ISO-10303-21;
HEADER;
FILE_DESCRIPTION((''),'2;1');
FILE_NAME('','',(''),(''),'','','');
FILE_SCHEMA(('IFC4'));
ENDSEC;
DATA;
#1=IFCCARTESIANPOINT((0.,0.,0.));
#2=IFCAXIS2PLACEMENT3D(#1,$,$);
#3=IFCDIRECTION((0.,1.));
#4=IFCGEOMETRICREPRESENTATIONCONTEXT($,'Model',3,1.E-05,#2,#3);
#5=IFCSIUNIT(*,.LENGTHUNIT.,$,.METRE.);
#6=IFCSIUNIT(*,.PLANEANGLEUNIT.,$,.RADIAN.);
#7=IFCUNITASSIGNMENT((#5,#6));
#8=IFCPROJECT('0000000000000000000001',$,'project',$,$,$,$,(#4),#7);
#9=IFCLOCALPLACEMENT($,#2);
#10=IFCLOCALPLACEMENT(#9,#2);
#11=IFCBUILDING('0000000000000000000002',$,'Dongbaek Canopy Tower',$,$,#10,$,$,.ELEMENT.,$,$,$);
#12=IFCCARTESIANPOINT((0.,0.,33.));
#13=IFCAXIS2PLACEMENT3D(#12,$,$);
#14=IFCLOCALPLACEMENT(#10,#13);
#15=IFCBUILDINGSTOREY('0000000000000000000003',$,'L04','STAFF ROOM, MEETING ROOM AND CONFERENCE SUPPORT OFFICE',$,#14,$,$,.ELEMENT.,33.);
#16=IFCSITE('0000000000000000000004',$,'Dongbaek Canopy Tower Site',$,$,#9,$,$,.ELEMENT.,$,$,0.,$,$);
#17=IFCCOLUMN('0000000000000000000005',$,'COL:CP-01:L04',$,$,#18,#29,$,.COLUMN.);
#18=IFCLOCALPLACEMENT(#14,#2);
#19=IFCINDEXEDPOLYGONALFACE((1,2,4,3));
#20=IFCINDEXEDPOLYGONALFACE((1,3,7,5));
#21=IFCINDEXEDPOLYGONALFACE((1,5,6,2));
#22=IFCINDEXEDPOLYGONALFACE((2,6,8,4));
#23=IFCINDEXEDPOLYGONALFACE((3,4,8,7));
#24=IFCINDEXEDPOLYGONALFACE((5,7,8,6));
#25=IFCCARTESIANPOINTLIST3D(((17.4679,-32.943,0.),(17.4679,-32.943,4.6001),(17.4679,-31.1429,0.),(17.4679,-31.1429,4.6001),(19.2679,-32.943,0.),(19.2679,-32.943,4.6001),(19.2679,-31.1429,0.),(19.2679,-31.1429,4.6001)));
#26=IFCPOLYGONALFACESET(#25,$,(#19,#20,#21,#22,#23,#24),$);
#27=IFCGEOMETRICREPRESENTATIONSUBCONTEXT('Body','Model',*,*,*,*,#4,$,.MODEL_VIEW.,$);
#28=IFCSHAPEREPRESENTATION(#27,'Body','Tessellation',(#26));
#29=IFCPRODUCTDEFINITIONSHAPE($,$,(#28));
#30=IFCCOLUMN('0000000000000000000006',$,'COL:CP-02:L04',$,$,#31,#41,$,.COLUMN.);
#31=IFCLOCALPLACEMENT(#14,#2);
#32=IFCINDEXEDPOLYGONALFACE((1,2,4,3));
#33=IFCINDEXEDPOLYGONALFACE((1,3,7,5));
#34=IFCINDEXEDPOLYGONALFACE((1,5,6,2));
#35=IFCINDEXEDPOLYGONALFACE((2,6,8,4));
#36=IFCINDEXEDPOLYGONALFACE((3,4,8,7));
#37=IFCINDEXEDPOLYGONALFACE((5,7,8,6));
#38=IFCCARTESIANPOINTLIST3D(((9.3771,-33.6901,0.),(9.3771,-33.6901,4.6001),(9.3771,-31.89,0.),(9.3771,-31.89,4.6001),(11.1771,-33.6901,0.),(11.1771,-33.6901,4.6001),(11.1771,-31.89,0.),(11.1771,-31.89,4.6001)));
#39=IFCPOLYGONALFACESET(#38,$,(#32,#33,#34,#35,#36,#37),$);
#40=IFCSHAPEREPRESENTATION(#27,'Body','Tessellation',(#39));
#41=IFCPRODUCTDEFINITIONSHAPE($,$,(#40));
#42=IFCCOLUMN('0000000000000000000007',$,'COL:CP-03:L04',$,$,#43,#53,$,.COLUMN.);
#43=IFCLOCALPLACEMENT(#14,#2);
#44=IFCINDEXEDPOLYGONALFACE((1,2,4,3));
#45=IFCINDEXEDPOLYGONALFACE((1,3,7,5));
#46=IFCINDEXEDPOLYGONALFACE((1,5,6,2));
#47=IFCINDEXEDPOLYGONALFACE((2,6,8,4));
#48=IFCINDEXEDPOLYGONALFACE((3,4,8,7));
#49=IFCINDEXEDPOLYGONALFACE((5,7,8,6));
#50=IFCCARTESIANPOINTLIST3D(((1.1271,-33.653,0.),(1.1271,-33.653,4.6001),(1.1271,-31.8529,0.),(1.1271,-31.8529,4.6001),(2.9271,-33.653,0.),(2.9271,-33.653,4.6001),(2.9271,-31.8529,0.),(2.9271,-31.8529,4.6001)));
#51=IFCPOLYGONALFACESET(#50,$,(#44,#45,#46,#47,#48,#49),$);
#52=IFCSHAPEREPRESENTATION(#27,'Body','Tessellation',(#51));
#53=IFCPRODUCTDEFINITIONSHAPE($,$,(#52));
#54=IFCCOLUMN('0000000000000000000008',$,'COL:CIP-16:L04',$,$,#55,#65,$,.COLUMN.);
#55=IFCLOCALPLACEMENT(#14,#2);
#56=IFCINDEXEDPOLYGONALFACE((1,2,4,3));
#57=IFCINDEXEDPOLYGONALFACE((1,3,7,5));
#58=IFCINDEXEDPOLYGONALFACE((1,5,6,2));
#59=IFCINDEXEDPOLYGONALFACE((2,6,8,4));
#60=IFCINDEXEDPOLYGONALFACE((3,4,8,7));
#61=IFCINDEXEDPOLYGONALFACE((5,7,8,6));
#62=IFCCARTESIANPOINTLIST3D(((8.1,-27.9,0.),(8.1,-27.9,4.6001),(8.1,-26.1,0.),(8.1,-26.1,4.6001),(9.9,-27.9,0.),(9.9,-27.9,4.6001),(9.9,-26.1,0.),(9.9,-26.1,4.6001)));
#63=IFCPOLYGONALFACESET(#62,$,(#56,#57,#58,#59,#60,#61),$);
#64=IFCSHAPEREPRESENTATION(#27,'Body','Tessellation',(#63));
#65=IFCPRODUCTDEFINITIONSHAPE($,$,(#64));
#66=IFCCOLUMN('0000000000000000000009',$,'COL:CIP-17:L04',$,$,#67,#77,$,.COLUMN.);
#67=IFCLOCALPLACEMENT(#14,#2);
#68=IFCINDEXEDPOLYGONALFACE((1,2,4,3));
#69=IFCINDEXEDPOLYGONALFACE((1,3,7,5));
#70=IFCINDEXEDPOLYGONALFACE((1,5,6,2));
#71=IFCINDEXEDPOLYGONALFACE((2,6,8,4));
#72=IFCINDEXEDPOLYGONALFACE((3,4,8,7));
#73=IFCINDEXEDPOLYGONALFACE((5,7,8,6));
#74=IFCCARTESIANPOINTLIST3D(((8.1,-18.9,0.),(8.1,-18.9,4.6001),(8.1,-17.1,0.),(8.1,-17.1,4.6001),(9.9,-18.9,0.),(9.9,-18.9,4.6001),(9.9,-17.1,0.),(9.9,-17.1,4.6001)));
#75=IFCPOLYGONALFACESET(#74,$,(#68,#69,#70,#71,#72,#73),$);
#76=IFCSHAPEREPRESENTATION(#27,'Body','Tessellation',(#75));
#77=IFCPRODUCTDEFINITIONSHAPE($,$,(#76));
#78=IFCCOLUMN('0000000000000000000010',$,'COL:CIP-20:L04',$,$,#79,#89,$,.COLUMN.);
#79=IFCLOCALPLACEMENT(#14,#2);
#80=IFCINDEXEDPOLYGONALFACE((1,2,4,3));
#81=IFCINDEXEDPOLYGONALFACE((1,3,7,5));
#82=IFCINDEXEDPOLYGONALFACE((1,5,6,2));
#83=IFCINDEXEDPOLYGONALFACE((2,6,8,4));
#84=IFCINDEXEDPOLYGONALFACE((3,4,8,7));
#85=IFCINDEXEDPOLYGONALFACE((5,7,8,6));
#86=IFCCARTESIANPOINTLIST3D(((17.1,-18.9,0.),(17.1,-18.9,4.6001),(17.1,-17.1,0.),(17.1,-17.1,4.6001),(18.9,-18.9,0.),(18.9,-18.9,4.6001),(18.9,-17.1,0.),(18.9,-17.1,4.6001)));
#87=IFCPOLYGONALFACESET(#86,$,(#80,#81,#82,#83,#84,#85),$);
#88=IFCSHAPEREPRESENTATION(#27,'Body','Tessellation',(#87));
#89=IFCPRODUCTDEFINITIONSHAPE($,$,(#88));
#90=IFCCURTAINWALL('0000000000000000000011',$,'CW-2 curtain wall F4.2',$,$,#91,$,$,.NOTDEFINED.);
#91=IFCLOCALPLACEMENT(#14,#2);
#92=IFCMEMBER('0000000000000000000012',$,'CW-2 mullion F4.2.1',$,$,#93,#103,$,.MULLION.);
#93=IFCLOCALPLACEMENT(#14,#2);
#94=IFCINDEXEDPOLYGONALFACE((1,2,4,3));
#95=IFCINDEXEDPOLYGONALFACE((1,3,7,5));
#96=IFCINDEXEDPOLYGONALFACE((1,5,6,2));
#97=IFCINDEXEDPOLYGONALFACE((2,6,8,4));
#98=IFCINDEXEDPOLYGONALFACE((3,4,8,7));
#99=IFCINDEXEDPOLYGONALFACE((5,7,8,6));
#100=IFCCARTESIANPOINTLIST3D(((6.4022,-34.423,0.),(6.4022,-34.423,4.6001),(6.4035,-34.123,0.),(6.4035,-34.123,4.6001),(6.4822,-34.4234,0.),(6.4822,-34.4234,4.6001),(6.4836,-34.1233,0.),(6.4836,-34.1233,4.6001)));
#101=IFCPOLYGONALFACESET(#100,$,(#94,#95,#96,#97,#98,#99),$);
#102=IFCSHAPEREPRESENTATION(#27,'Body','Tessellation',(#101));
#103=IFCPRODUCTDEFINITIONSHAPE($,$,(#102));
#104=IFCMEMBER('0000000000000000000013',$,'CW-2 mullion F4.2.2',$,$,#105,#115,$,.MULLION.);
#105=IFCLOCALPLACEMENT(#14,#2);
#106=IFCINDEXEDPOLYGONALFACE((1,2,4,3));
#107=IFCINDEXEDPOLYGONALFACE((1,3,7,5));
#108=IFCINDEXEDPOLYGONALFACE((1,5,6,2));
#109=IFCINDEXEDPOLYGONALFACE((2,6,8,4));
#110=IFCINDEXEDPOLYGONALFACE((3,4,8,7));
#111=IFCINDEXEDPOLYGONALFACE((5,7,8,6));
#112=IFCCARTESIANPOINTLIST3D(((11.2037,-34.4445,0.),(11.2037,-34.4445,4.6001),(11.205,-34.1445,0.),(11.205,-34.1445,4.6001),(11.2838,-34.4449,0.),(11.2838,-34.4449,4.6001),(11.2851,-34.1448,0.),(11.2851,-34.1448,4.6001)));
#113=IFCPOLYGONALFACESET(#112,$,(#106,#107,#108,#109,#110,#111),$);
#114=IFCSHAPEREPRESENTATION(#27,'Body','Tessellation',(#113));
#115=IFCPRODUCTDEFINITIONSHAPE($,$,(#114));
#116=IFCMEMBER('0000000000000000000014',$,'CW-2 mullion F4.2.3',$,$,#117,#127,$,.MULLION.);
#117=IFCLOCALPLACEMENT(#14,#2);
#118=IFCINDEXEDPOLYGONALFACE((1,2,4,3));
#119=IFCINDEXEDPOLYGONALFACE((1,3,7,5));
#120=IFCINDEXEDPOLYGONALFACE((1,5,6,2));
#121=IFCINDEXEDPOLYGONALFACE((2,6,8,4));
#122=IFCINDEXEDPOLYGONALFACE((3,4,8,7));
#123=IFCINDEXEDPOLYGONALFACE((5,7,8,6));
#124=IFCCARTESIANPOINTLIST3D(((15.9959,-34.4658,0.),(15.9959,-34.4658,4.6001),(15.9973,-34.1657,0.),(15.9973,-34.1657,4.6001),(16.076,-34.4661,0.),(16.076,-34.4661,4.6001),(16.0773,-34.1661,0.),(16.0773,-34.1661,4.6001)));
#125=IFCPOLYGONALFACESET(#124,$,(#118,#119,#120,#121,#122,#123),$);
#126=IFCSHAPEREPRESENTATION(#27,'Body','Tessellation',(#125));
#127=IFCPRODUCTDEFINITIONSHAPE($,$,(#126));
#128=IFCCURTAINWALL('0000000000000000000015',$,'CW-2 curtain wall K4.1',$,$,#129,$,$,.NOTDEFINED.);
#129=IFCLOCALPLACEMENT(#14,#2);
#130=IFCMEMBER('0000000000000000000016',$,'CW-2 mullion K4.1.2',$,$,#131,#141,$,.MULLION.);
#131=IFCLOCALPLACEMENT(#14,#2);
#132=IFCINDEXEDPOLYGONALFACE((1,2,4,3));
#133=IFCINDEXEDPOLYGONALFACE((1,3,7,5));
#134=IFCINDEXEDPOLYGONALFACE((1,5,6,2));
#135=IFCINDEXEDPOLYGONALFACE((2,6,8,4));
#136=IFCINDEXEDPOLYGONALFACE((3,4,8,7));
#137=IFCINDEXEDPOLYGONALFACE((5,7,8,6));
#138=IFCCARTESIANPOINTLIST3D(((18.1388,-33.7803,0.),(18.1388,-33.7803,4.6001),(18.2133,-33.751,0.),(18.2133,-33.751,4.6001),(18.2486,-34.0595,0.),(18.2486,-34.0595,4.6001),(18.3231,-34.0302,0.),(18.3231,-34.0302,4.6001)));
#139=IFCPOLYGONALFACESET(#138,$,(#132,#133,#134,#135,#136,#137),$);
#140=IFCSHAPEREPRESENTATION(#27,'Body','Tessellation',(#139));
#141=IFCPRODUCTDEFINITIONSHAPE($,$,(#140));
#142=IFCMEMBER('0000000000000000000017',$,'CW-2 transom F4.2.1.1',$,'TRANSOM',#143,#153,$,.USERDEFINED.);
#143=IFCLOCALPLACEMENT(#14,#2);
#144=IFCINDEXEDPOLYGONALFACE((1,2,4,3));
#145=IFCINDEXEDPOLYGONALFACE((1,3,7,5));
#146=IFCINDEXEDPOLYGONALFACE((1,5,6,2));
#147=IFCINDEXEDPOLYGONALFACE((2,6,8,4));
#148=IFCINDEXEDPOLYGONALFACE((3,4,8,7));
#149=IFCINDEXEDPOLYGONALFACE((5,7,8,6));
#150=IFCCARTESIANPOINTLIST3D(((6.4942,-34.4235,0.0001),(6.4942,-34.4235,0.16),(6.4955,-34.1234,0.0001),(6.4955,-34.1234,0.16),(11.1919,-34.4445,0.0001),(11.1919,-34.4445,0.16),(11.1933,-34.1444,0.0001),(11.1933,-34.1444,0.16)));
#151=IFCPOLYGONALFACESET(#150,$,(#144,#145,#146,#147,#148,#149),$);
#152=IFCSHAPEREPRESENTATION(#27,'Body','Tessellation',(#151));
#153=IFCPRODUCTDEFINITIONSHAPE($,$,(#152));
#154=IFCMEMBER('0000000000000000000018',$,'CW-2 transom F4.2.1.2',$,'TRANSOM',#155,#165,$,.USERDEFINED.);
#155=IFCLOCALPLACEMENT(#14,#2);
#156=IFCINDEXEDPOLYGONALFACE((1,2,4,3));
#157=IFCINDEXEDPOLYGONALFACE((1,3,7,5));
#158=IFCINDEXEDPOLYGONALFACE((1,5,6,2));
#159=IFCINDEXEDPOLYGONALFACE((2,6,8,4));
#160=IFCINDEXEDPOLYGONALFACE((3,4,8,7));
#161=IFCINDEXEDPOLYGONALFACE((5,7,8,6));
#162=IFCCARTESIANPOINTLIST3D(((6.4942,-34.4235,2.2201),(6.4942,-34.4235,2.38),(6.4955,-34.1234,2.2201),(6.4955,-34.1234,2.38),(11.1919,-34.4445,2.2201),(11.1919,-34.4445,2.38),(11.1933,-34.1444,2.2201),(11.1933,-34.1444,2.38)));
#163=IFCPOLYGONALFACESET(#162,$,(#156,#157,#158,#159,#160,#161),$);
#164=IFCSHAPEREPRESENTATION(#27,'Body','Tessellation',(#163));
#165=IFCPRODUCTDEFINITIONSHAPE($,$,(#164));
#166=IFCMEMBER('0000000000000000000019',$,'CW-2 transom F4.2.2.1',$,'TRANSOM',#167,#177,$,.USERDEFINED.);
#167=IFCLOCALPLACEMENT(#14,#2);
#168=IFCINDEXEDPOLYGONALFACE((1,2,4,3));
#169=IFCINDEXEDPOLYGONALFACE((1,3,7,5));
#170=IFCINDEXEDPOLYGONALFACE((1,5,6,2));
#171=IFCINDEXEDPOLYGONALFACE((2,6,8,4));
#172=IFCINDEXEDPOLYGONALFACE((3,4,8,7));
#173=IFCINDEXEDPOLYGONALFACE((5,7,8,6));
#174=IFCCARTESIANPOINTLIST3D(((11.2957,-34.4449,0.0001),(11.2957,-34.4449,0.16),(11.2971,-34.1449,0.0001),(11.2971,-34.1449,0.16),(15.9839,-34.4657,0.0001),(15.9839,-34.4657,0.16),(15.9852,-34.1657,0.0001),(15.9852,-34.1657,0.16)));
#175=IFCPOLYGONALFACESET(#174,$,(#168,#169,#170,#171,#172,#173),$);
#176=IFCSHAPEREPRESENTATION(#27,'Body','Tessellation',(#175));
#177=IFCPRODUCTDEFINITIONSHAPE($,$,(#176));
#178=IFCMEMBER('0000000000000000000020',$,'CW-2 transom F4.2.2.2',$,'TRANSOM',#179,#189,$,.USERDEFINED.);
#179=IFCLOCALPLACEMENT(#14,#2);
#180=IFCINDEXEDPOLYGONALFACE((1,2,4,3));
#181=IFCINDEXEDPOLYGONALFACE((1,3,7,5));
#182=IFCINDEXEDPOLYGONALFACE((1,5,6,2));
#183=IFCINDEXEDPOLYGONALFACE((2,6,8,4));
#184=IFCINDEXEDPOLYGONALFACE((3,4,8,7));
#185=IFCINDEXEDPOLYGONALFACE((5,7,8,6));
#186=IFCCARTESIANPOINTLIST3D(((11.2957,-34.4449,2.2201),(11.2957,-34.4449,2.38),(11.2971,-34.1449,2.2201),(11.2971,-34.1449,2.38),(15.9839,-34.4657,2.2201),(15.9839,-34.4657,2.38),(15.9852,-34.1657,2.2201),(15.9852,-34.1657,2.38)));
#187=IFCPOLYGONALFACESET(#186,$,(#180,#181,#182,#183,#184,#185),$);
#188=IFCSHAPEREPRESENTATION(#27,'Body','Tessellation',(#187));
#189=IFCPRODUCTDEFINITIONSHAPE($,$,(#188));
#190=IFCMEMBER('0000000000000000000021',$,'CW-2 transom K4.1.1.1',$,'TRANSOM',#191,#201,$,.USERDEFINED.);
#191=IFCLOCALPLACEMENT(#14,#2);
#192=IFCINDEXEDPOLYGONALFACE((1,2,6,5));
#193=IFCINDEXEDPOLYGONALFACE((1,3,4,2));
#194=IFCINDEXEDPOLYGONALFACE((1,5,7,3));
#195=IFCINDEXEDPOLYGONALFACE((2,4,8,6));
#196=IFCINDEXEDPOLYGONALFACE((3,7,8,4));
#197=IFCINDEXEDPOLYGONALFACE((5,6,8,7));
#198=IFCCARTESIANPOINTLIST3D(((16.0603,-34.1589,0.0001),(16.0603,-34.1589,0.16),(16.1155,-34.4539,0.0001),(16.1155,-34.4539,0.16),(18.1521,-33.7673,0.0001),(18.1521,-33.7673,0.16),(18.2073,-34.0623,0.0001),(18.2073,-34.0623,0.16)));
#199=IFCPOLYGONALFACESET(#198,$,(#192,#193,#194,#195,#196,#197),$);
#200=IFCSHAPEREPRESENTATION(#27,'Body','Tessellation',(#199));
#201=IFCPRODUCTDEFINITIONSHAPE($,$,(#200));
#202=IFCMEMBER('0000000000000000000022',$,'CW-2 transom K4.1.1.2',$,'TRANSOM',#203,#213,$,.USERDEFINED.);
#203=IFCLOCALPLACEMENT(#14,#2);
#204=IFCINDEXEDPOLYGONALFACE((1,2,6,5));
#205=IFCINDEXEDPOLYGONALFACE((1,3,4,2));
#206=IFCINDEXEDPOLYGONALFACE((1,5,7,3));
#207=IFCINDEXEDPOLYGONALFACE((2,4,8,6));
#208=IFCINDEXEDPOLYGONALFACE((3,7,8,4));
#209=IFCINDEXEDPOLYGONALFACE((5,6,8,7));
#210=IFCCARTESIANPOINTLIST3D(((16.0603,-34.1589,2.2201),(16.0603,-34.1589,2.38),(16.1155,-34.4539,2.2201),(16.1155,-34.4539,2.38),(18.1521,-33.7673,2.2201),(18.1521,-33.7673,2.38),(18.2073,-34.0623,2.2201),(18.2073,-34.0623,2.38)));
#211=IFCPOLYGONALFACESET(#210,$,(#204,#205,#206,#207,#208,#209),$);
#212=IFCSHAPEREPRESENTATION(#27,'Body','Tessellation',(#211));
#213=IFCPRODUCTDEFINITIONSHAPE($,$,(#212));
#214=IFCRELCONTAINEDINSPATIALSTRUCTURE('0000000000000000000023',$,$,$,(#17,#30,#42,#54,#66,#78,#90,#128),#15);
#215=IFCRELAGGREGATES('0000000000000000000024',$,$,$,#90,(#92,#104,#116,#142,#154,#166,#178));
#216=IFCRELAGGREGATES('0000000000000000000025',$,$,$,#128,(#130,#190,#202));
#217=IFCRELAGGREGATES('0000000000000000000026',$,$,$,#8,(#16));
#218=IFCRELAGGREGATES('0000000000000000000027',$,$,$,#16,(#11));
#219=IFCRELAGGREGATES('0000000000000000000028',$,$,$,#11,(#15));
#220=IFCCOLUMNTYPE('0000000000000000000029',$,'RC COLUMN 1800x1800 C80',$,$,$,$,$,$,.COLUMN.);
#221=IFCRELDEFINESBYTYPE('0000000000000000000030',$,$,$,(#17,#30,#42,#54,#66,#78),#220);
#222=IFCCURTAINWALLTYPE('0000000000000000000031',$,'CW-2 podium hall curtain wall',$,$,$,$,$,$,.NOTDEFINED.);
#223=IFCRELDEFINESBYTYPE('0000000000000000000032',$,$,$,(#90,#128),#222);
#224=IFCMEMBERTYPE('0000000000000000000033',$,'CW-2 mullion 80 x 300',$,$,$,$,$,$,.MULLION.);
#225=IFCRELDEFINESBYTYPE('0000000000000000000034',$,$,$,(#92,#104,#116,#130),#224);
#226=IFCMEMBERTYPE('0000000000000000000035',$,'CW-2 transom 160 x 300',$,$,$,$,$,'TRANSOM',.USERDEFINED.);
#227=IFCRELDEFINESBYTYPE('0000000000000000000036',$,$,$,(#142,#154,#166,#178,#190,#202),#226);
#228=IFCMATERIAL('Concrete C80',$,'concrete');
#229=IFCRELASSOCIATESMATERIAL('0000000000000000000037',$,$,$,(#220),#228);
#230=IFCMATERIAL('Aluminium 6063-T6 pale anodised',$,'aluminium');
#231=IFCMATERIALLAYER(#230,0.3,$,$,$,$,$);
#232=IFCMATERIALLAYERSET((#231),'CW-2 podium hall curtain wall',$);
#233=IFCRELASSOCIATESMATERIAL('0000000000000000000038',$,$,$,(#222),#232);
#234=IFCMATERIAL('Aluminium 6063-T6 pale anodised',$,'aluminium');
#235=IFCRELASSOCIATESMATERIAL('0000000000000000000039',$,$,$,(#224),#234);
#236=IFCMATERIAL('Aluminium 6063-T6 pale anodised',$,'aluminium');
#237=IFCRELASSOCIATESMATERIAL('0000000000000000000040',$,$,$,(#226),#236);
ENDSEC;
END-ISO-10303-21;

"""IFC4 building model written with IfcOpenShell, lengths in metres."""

from ifc_helpers import new_model, si_unit, direction, frame, origin, origin_2d, place, context, subcontext, project, spatial, rectangle, extrude, material, layer, layer_set, material_profile, profile_set, type_object, element, aggregate, save


model = new_model("IFC4")

# Units and contexts
model_context = context("Model", 3, precision=1e-05, world=origin(), true_north=direction((0.0, 1.0)))
body_context = subcontext(model_context, "Body", "Model", "MODEL_VIEW")
ifc_project = project(units=[si_unit("LENGTHUNIT", "METRE"), si_unit("PLANEANGLEUNIT", "RADIAN")], contexts=[model_context])

# Site, building, storey
site_placement = place(None, origin())
site = spatial("IfcSite", under=ifc_project, at=site_placement, Name="Dongbaek Canopy Tower Site", CompositionType="ELEMENT", RefElevation=0.0)
building_placement = place(site_placement, origin())
building = spatial("IfcBuilding", under=site, at=building_placement, Name="Dongbaek Canopy Tower", CompositionType="ELEMENT")
storey_placement = place(building_placement, frame((0.0, 0.0, 33.0)))
storey = spatial("IfcBuildingStorey", under=building, at=storey_placement, Name="L04", Description="STAFF ROOM, MEETING ROOM AND CONFERENCE SUPPORT OFFICE", CompositionType="ELEMENT", Elevation=33.0)

# Columns
ifc_material_1 = material(Name="Concrete C80", Category="concrete")
ifc_material_profile_1 = material_profile(ifc_material_1, rectangle(XDim=1.8, YDim=1.8, at=origin_2d()), Name="RC COLUMN 1800x1800 C80")
ifc_profile_set_1 = profile_set([ifc_material_profile_1], Name="Concrete C80")
column_type = type_object("IfcColumnType", Name="RC COLUMN 1800x1800 C80", PredefinedType="COLUMN", material=ifc_profile_set_1)
for number, where, z_axis, x_axis, name in (
    (1, (18.3679, -32.043, 0.0), (0.0, 0.0, 1.0), (1.0, 0.0, 0.0), "COL:CP-01:L04"),
    (2, (10.2771, -32.79, 0.0), (0.0, 0.0, 1.0), (1.0, 0.0, 0.0), "COL:CP-02:L04"),
    (3, (2.0271, -32.7529, 0.0), (0.0, 0.0, 1.0), (1.0, 0.0, 0.0), "COL:CP-03:L04"),
    (4, (9.0, -27.0, 0.0), (0.0, 0.0, 1.0), (1.0, 0.0, 0.0), "COL:CIP-16:L04"),
    (5, (9.0, -18.0, 0.0), (0.0, 0.0, 1.0), (1.0, 0.0, 0.0), "COL:CIP-17:L04"),
    (6, (18.0, -18.0, 0.0), (0.0, 0.0, 1.0), (1.0, 0.0, 0.0), "COL:CIP-20:L04"),
):
    element("IfcColumn", number, at=place(storey_placement, frame(where, z_axis=z_axis, x_axis=x_axis)), inside=storey, type_object=column_type, Name=name, PredefinedType="COLUMN", context=body_context, shape_type="SweptSolid", body=[
        extrude(rectangle(XDim=1.8, YDim=1.8, at=origin_2d()), origin(), (0.0, 0.0, 1.0), 4.6001),
    ])

# Curtain wall, members
ifc_material_2 = material(Name="Aluminium 6063-T6 pale anodised", Category="aluminium")
ifc_layer_1 = layer(ifc_material_2, 0.3)
ifc_layer_set_1 = layer_set([ifc_layer_1], Name="CW-2 podium hall curtain wall")
curtain_wall_type = type_object("IfcCurtainWallType", Name="CW-2 podium hall curtain wall", PredefinedType="NOTDEFINED", material=ifc_layer_set_1)
curtain_wall_1_placement = place(storey_placement, origin())
curtain_wall_1 = element("IfcCurtainWall", 7, at=curtain_wall_1_placement, inside=storey, type_object=curtain_wall_type, Name="CW-2 curtain wall F4.2", PredefinedType="NOTDEFINED")
ifc_material_3 = material(Name="Aluminium 6063-T6 pale anodised", Category="aluminium")
ifc_material_profile_2 = material_profile(ifc_material_3, rectangle(XDim=0.3, YDim=0.0801, at=origin_2d()), Name="CW-2 mullion 80 x 300")
ifc_profile_set_2 = profile_set([ifc_material_profile_2], Name="Aluminium 6063-T6 pale anodised")
member_type_1 = type_object("IfcMemberType", Name="CW-2 mullion 80 x 300", PredefinedType="MULLION", material=ifc_profile_set_2)
member_1_placement = place(storey_placement, frame((6.4429, -34.2732, 0.0), z_axis=(0.0, 0.0, 1.0), x_axis=(-0.004466, -0.99999, 0.0)))
member_1 = element("IfcMember", 8, at=member_1_placement, type_object=member_type_1, Name="CW-2 mullion F4.2.1", PredefinedType="MULLION", context=body_context, shape_type="SweptSolid", body=[
    extrude(rectangle(XDim=0.3, YDim=0.0801, at=origin_2d()), origin(), (0.0, 0.0, 1.0), 4.6001),
])
member_2_placement = place(storey_placement, frame((11.2444, -34.2947, 0.0), z_axis=(0.0, 0.0, 1.0), x_axis=(-0.004466, -0.99999, 0.0)))
member_2 = element("IfcMember", 9, at=member_2_placement, type_object=member_type_1, Name="CW-2 mullion F4.2.2", PredefinedType="MULLION", context=body_context, shape_type="SweptSolid", body=[
    extrude(rectangle(XDim=0.3, YDim=0.0801, at=origin_2d()), origin(), (0.0, 0.0, 1.0), 4.6001),
])
member_3_placement = place(storey_placement, frame((16.0366, -34.3159, 0.0), z_axis=(0.0, 0.0, 1.0), x_axis=(-0.004466, -0.99999, 0.0)))
member_3 = element("IfcMember", 10, at=member_3_placement, type_object=member_type_1, Name="CW-2 mullion F4.2.3", PredefinedType="MULLION", context=body_context, shape_type="SweptSolid", body=[
    extrude(rectangle(XDim=0.3, YDim=0.0801, at=origin_2d()), origin(), (0.0, 0.0, 1.0), 4.6001),
])

# Curtain wall, member
curtain_wall_2_placement = place(storey_placement, origin())
curtain_wall_2 = element("IfcCurtainWall", 11, at=curtain_wall_2_placement, inside=storey, type_object=curtain_wall_type, Name="CW-2 curtain wall K4.1", PredefinedType="NOTDEFINED")
member_4_placement = place(storey_placement, frame((18.231, -33.9053, 0.0), z_axis=(0.0, 0.0, 1.0), x_axis=(0.365922, -0.930645, 0.0)))
member_4 = element("IfcMember", 12, at=member_4_placement, type_object=member_type_1, Name="CW-2 mullion K4.1.2", PredefinedType="MULLION", context=body_context, shape_type="SweptSolid", body=[
    extrude(rectangle(XDim=0.3, YDim=0.0801, at=origin_2d()), origin(), (0.0, 0.0, 1.0), 4.6001),
])

# Members
ifc_material_4 = material(Name="Aluminium 6063-T6 pale anodised", Category="aluminium")
ifc_material_profile_3 = material_profile(ifc_material_4, rectangle(XDim=0.3, YDim=0.1599, at=origin_2d()), Name="CW-2 transom 160 x 300")
ifc_profile_set_3 = profile_set([ifc_material_profile_3], Name="Aluminium 6063-T6 pale anodised")
member_type_2 = type_object("IfcMemberType", Name="CW-2 transom 160 x 300", ElementType="TRANSOM", PredefinedType="USERDEFINED", material=ifc_profile_set_3)
member_5_placement = place(storey_placement, frame((6.4949, -34.2734, 0.0801), z_axis=(0.99999, -0.004469, 0.0), x_axis=(0.004469, 0.99999, 0.0)))
member_5 = element("IfcMember", 13, at=member_5_placement, type_object=member_type_2, Name="CW-2 transom F4.2.1.1", ObjectType="TRANSOM", PredefinedType="USERDEFINED", context=body_context, shape_type="SweptSolid", body=[
    extrude(rectangle(XDim=0.3, YDim=0.1599, at=origin_2d()), origin(), (0.0, 0.0, 1.0), 4.6978),
])
member_6_placement = place(storey_placement, frame((6.4949, -34.2734, 2.3), z_axis=(0.99999, -0.004469, 0.0), x_axis=(0.004469, 0.99999, 0.0)))
member_6 = element("IfcMember", 14, at=member_6_placement, type_object=member_type_2, Name="CW-2 transom F4.2.1.2", ObjectType="TRANSOM", PredefinedType="USERDEFINED", context=body_context, shape_type="SweptSolid", body=[
    extrude(rectangle(XDim=0.3, YDim=0.1599, at=origin_2d()), origin(), (0.0, 0.0, 1.0), 4.6978),
])
member_7_placement = place(storey_placement, frame((11.2964, -34.2949, 0.0801), z_axis=(0.99999, -0.004426, 0.0), x_axis=(0.004426, 0.99999, 0.0)))
member_7 = element("IfcMember", 15, at=member_7_placement, type_object=member_type_2, Name="CW-2 transom F4.2.2.1", ObjectType="TRANSOM", PredefinedType="USERDEFINED", context=body_context, shape_type="SweptSolid", body=[
    extrude(rectangle(XDim=0.3, YDim=0.1599, at=origin_2d()), origin(), (0.0, 0.0, 1.0), 4.6882),
])
member_8_placement = place(storey_placement, frame((11.2964, -34.2949, 2.3), z_axis=(0.99999, -0.004426, 0.0), x_axis=(0.004426, 0.99999, 0.0)))
member_8 = element("IfcMember", 16, at=member_8_placement, type_object=member_type_2, Name="CW-2 transom F4.2.2.2", ObjectType="TRANSOM", PredefinedType="USERDEFINED", context=body_context, shape_type="SweptSolid", body=[
    extrude(rectangle(XDim=0.3, YDim=0.1599, at=origin_2d()), origin(), (0.0, 0.0, 1.0), 4.6882),
])
member_9_placement = place(storey_placement, frame((16.0879, -34.3064, 0.0801), z_axis=(0.982924, 0.184011, 0.0), x_axis=(-0.184011, 0.982924, 0.0)))
member_9 = element("IfcMember", 17, at=member_9_placement, type_object=member_type_2, Name="CW-2 transom K4.1.1.1", ObjectType="TRANSOM", PredefinedType="USERDEFINED", context=body_context, shape_type="SweptSolid", body=[
    extrude(rectangle(XDim=0.3, YDim=0.1599, at=origin_2d()), origin(), (0.0, 0.0, 1.0), 2.1282),
])
member_10_placement = place(storey_placement, frame((16.0879, -34.3064, 2.3), z_axis=(0.982924, 0.184011, 0.0), x_axis=(-0.184011, 0.982924, 0.0)))
member_10 = element("IfcMember", 18, at=member_10_placement, type_object=member_type_2, Name="CW-2 transom K4.1.1.2", ObjectType="TRANSOM", PredefinedType="USERDEFINED", context=body_context, shape_type="SweptSolid", body=[
    extrude(rectangle(XDim=0.3, YDim=0.1599, at=origin_2d()), origin(), (0.0, 0.0, 1.0), 2.1282),
])

aggregate(curtain_wall_1, [member_1, member_2, member_3, member_5, member_6, member_7, member_8])
aggregate(curtain_wall_2, [member_4, member_9, member_10])

save(model, "model.ifc")
